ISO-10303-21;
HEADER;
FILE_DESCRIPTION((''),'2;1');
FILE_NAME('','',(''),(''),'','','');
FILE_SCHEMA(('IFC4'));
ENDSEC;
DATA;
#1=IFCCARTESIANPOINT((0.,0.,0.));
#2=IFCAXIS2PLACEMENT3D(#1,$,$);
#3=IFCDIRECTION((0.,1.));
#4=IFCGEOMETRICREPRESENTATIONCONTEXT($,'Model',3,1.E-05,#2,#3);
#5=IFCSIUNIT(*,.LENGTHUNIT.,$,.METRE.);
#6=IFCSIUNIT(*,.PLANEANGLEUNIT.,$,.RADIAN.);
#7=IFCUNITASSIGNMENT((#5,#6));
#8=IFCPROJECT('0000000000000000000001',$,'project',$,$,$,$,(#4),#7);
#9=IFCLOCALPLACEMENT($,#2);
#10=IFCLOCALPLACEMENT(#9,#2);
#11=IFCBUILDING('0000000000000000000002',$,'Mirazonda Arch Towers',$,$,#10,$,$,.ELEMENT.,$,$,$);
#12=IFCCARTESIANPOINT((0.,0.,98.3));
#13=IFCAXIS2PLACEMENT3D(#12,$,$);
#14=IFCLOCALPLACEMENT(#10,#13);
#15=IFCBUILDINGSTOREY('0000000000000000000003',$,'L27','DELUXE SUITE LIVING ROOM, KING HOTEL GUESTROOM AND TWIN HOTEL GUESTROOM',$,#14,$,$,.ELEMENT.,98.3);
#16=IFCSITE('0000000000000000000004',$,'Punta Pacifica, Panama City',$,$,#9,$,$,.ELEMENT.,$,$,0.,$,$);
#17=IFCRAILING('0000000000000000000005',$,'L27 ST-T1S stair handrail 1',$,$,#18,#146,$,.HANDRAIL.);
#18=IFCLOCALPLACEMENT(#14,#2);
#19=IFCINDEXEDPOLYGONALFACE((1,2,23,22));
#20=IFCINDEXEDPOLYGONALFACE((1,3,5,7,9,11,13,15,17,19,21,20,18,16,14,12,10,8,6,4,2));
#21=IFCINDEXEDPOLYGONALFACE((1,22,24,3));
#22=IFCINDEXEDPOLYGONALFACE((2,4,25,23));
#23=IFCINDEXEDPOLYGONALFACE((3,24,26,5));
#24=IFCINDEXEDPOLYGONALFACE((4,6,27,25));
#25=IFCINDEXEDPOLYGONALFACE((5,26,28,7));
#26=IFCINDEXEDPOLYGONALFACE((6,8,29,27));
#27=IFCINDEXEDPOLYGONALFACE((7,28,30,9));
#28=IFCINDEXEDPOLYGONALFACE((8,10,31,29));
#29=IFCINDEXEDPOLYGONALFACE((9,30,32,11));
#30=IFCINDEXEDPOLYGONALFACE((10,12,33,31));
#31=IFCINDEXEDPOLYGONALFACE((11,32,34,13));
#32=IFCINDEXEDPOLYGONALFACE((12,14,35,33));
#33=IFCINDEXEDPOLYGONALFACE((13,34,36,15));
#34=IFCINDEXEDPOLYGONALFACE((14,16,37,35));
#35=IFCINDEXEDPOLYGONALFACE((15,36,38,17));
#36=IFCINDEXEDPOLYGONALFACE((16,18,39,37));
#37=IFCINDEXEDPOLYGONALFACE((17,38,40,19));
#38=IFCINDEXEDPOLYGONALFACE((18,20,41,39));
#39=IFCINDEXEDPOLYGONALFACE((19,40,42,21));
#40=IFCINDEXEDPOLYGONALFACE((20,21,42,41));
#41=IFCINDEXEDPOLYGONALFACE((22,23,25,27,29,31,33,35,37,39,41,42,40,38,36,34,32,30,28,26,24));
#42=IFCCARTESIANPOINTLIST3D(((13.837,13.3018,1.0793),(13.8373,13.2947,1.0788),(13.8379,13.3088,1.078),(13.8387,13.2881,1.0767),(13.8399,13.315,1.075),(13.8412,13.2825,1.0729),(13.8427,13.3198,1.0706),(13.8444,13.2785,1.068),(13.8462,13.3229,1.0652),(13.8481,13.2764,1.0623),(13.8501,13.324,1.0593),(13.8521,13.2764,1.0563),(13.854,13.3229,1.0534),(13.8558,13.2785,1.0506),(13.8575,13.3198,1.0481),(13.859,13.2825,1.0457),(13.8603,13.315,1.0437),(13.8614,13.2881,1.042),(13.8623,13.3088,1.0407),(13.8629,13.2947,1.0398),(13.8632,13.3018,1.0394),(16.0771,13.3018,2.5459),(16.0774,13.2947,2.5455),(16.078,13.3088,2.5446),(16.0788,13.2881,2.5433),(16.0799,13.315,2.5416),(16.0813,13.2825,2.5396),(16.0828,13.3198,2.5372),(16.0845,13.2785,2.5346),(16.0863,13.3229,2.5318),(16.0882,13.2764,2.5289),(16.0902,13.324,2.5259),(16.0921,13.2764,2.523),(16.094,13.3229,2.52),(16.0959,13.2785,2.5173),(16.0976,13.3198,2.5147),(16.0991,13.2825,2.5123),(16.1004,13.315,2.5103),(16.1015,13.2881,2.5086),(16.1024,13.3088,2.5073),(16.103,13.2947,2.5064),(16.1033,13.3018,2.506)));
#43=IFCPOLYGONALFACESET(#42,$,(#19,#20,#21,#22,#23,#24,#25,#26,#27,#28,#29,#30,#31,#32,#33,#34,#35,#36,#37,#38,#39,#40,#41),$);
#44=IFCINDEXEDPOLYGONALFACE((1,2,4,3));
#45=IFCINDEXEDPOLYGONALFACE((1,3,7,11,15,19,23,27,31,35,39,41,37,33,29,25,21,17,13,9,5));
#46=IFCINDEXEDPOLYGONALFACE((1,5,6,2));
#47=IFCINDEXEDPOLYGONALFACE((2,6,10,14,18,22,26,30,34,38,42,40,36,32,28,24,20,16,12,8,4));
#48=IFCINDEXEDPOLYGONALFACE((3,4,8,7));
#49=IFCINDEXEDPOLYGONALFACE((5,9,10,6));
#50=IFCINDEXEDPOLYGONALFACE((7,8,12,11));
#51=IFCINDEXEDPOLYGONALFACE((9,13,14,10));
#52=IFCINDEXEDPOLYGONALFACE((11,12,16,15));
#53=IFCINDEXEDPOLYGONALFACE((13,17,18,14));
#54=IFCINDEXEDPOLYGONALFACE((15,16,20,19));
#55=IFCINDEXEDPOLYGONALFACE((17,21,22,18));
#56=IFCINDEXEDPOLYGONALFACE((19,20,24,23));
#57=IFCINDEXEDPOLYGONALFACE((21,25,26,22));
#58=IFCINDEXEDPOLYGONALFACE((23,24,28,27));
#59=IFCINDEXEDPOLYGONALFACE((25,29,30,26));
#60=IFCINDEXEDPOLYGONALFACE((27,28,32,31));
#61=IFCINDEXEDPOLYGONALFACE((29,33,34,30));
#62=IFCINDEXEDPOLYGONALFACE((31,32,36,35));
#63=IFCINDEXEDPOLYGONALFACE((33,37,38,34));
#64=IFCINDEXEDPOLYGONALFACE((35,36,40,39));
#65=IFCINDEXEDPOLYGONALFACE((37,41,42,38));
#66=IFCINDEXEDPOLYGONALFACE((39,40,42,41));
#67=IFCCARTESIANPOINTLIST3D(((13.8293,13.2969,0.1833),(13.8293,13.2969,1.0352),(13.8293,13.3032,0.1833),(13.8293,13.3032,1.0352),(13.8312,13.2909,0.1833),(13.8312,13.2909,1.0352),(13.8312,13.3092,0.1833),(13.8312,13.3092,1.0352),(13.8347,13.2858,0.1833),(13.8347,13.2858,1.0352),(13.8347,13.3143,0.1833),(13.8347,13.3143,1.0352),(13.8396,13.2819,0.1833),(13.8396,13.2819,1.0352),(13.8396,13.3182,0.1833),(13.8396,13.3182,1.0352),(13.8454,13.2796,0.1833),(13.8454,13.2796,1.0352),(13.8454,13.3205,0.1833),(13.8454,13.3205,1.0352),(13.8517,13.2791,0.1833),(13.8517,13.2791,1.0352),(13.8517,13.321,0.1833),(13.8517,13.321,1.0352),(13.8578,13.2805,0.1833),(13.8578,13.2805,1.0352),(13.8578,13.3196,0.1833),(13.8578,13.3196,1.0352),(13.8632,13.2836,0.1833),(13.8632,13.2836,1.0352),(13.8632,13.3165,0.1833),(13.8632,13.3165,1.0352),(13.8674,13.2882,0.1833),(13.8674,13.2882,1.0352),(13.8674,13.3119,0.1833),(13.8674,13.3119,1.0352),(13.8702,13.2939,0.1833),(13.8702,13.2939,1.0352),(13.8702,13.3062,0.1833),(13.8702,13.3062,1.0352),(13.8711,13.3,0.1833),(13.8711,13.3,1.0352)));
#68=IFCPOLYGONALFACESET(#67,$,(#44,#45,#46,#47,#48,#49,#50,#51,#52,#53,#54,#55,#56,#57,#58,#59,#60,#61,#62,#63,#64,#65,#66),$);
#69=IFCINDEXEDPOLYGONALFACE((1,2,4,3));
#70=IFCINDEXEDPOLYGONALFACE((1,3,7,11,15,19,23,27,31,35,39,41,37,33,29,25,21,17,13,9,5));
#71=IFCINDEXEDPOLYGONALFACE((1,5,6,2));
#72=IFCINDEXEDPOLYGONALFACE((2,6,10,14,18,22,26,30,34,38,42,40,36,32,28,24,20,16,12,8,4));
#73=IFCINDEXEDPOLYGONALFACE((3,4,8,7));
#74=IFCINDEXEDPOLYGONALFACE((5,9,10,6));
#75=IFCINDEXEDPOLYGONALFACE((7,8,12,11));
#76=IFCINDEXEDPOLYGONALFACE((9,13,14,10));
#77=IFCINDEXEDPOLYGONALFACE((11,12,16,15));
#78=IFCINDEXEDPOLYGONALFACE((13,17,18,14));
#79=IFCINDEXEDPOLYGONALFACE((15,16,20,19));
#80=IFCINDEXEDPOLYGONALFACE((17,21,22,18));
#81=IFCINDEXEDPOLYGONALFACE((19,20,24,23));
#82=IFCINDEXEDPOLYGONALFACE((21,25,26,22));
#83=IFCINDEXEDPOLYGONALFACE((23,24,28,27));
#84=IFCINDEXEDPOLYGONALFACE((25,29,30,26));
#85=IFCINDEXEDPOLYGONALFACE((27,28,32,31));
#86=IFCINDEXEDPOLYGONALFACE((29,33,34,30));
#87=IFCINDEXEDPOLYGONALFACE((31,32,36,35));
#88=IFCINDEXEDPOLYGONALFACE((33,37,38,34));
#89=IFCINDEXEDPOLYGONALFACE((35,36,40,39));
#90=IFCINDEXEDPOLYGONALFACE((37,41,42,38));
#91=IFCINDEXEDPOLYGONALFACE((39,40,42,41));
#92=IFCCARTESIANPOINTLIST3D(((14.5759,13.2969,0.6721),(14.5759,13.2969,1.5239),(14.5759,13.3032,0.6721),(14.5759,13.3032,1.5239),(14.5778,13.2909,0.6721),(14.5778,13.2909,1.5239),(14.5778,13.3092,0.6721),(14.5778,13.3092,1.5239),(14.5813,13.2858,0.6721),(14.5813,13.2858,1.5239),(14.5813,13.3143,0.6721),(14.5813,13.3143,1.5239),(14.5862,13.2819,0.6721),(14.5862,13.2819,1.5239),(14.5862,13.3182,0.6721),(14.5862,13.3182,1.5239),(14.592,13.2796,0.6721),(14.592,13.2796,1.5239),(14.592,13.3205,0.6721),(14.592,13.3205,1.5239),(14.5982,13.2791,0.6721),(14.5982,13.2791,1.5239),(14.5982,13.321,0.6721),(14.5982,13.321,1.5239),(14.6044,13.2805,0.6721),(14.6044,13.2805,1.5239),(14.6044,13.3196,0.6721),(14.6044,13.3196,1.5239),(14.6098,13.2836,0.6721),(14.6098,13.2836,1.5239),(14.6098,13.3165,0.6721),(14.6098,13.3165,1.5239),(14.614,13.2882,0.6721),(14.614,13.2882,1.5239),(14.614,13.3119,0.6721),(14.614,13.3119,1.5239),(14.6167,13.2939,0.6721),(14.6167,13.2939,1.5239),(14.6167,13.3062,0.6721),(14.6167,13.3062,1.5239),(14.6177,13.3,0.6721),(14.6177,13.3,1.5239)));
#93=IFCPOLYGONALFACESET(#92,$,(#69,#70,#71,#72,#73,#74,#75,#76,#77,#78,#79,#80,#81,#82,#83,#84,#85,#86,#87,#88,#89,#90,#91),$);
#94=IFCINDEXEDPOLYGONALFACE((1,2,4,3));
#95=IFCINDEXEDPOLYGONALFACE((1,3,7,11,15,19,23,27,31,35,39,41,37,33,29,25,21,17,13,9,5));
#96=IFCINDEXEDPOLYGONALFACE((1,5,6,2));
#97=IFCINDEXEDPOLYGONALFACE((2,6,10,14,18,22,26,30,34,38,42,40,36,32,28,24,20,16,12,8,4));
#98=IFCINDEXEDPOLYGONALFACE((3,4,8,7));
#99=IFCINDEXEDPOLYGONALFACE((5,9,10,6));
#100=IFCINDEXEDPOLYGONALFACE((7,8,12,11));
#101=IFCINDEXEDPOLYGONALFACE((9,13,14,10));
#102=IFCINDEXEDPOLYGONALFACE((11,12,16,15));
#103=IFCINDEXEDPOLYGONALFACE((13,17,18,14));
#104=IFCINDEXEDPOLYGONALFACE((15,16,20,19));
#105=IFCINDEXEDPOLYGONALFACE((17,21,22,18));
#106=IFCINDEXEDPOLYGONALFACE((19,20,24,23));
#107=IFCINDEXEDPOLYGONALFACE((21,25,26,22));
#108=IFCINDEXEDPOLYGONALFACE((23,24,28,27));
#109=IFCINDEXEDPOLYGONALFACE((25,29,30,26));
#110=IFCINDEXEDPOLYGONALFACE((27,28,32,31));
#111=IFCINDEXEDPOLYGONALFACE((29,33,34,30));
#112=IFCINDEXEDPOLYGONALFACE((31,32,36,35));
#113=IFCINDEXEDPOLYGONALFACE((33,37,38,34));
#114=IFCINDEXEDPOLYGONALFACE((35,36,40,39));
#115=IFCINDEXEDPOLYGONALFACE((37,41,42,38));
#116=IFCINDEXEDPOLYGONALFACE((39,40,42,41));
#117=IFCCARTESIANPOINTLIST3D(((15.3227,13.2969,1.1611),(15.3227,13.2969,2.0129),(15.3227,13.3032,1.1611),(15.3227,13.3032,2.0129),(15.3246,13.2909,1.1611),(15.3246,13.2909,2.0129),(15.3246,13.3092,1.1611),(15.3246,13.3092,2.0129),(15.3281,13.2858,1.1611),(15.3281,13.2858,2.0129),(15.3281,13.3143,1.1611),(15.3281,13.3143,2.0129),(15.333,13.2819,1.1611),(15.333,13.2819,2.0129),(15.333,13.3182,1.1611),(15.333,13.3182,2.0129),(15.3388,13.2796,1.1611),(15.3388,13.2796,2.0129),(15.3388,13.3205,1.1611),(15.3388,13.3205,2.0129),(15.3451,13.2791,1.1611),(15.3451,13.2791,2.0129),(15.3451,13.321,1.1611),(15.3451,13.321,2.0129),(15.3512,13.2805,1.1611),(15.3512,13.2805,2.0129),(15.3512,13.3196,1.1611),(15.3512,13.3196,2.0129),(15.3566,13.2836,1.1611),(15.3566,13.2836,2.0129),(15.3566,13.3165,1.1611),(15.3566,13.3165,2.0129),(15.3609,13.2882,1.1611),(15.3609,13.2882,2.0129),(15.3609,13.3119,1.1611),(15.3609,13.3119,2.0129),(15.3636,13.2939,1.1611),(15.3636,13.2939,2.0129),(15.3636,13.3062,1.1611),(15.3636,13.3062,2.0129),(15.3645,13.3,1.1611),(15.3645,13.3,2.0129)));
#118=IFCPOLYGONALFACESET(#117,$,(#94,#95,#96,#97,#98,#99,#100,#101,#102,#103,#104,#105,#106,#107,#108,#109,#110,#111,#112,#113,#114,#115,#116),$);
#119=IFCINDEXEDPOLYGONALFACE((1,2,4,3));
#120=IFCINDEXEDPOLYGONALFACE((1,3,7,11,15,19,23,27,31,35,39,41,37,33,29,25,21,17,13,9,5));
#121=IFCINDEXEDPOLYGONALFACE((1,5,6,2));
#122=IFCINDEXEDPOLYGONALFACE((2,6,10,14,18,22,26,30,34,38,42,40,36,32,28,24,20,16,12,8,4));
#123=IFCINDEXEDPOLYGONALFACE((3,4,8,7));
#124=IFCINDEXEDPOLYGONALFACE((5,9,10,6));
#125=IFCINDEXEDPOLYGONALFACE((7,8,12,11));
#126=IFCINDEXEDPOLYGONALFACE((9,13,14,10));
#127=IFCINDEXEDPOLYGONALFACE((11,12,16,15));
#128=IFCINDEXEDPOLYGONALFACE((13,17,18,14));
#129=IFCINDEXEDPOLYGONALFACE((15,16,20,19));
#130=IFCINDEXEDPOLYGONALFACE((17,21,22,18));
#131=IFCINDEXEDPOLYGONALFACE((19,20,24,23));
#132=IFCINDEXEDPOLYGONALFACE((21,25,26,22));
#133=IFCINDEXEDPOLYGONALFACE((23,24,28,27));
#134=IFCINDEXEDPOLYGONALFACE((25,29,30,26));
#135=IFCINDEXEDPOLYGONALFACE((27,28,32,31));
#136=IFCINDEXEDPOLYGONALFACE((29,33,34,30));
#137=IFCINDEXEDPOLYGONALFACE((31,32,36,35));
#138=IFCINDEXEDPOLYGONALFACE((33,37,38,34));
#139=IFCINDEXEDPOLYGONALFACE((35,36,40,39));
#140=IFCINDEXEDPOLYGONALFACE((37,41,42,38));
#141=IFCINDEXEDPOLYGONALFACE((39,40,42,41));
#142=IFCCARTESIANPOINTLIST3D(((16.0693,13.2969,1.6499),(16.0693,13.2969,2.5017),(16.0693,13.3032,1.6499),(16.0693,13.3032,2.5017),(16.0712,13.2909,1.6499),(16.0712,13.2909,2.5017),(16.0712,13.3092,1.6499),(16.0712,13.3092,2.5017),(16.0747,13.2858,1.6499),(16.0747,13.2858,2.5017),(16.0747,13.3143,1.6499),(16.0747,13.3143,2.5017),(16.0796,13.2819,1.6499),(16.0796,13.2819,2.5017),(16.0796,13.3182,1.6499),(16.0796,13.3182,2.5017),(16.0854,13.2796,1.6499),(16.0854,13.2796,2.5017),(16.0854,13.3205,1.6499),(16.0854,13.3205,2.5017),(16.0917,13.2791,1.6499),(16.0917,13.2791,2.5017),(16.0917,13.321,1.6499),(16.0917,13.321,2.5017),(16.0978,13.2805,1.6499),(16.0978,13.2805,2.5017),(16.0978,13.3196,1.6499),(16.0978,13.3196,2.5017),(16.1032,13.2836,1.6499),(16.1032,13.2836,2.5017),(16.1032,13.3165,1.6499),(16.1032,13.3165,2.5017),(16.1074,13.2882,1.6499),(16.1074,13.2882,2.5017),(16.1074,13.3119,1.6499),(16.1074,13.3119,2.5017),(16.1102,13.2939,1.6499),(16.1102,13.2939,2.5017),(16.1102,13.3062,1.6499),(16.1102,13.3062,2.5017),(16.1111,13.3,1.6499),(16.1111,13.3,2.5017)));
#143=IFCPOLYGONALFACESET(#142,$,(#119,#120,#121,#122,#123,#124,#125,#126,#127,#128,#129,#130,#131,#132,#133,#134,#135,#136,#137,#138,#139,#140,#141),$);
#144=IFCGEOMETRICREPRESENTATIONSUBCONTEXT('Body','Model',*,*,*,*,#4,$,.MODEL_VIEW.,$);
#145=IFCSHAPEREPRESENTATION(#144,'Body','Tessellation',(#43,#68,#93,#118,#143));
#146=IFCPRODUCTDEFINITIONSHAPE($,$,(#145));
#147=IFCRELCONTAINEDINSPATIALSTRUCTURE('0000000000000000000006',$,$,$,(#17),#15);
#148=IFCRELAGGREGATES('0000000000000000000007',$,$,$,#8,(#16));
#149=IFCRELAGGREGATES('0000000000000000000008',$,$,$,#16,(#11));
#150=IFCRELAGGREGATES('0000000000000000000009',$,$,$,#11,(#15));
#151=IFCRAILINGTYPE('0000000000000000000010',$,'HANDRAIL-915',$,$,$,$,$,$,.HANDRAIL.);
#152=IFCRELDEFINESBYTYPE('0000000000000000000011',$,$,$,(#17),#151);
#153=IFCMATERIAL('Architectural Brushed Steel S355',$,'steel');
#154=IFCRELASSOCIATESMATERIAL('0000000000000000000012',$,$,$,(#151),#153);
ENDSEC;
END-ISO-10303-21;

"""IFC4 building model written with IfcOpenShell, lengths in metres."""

from ifc_helpers import new_model, si_unit, direction, frame, origin, origin_2d, place, context, subcontext, project, spatial, circle, extrude, material, type_object, element, save


model = new_model("IFC4")

# Units and contexts
model_context = context("Model", 3, precision=1e-05, world=origin(), true_north=direction((0.0, 1.0)))
body_context = subcontext(model_context, "Body", "Model", "MODEL_VIEW")
ifc_project = project(units=[si_unit("LENGTHUNIT", "METRE"), si_unit("PLANEANGLEUNIT", "RADIAN")], contexts=[model_context])

# Site, building, storey
site_placement = place(None, origin())
site = spatial("IfcSite", under=ifc_project, at=site_placement, Name="Punta Pacifica, Panama City", CompositionType="ELEMENT", RefElevation=0.0)
building_placement = place(site_placement, origin())
building = spatial("IfcBuilding", under=site, at=building_placement, Name="Mirazonda Arch Towers", CompositionType="ELEMENT")
storey_placement = place(building_placement, frame((0.0, 0.0, 98.3)))
storey = spatial("IfcBuildingStorey", under=building, at=storey_placement, Name="L27", Description="DELUXE SUITE LIVING ROOM, KING HOTEL GUESTROOM AND TWIN HOTEL GUESTROOM", CompositionType="ELEMENT", Elevation=98.3)

# Shared definitions
ifc_material_1 = material(Name="Architectural Brushed Steel S355", Category="steel")

# Railing
railing_type_1 = type_object("IfcRailingType", Name="HANDRAIL-915", PredefinedType="HANDRAIL", material=ifc_material_1)
railing_1_placement = place(storey_placement, frame((13.8501, 13.3, 0.1833)))
element("IfcRailing", 1, at=railing_1_placement, inside=storey, type_object=railing_type_1, Name="L27 ST-T1S stair handrail 1", PredefinedType="HANDRAIL", context=body_context, shape_type="SweptSolid", body=[
    extrude(circle(Radius=0.0239, at=origin_2d()), frame((0.0, 0.0, 0.876), z_axis=(0.836637, 0.0, 0.547758), x_axis=(0.0, 1.0, 0.0)), (0.0, 0.0, 1.0), 2.6775),
    extrude(circle(Radius=0.021, at=origin_2d()), origin(), (0.0, 0.0, 1.0), 0.8518),
    extrude(circle(Radius=0.021, at=origin_2d()), frame((0.7466, 0.0, 0.4888)), (0.0, 0.0, 1.0), 0.8518),
    extrude(circle(Radius=0.021, at=origin_2d()), frame((1.4934, 0.0, 0.9778)), (0.0, 0.0, 1.0), 0.8518),
    extrude(circle(Radius=0.021, at=origin_2d()), frame((2.24, 0.0, 1.4666)), (0.0, 0.0, 1.0), 0.8518),
])

save(model, "model.ifc")
